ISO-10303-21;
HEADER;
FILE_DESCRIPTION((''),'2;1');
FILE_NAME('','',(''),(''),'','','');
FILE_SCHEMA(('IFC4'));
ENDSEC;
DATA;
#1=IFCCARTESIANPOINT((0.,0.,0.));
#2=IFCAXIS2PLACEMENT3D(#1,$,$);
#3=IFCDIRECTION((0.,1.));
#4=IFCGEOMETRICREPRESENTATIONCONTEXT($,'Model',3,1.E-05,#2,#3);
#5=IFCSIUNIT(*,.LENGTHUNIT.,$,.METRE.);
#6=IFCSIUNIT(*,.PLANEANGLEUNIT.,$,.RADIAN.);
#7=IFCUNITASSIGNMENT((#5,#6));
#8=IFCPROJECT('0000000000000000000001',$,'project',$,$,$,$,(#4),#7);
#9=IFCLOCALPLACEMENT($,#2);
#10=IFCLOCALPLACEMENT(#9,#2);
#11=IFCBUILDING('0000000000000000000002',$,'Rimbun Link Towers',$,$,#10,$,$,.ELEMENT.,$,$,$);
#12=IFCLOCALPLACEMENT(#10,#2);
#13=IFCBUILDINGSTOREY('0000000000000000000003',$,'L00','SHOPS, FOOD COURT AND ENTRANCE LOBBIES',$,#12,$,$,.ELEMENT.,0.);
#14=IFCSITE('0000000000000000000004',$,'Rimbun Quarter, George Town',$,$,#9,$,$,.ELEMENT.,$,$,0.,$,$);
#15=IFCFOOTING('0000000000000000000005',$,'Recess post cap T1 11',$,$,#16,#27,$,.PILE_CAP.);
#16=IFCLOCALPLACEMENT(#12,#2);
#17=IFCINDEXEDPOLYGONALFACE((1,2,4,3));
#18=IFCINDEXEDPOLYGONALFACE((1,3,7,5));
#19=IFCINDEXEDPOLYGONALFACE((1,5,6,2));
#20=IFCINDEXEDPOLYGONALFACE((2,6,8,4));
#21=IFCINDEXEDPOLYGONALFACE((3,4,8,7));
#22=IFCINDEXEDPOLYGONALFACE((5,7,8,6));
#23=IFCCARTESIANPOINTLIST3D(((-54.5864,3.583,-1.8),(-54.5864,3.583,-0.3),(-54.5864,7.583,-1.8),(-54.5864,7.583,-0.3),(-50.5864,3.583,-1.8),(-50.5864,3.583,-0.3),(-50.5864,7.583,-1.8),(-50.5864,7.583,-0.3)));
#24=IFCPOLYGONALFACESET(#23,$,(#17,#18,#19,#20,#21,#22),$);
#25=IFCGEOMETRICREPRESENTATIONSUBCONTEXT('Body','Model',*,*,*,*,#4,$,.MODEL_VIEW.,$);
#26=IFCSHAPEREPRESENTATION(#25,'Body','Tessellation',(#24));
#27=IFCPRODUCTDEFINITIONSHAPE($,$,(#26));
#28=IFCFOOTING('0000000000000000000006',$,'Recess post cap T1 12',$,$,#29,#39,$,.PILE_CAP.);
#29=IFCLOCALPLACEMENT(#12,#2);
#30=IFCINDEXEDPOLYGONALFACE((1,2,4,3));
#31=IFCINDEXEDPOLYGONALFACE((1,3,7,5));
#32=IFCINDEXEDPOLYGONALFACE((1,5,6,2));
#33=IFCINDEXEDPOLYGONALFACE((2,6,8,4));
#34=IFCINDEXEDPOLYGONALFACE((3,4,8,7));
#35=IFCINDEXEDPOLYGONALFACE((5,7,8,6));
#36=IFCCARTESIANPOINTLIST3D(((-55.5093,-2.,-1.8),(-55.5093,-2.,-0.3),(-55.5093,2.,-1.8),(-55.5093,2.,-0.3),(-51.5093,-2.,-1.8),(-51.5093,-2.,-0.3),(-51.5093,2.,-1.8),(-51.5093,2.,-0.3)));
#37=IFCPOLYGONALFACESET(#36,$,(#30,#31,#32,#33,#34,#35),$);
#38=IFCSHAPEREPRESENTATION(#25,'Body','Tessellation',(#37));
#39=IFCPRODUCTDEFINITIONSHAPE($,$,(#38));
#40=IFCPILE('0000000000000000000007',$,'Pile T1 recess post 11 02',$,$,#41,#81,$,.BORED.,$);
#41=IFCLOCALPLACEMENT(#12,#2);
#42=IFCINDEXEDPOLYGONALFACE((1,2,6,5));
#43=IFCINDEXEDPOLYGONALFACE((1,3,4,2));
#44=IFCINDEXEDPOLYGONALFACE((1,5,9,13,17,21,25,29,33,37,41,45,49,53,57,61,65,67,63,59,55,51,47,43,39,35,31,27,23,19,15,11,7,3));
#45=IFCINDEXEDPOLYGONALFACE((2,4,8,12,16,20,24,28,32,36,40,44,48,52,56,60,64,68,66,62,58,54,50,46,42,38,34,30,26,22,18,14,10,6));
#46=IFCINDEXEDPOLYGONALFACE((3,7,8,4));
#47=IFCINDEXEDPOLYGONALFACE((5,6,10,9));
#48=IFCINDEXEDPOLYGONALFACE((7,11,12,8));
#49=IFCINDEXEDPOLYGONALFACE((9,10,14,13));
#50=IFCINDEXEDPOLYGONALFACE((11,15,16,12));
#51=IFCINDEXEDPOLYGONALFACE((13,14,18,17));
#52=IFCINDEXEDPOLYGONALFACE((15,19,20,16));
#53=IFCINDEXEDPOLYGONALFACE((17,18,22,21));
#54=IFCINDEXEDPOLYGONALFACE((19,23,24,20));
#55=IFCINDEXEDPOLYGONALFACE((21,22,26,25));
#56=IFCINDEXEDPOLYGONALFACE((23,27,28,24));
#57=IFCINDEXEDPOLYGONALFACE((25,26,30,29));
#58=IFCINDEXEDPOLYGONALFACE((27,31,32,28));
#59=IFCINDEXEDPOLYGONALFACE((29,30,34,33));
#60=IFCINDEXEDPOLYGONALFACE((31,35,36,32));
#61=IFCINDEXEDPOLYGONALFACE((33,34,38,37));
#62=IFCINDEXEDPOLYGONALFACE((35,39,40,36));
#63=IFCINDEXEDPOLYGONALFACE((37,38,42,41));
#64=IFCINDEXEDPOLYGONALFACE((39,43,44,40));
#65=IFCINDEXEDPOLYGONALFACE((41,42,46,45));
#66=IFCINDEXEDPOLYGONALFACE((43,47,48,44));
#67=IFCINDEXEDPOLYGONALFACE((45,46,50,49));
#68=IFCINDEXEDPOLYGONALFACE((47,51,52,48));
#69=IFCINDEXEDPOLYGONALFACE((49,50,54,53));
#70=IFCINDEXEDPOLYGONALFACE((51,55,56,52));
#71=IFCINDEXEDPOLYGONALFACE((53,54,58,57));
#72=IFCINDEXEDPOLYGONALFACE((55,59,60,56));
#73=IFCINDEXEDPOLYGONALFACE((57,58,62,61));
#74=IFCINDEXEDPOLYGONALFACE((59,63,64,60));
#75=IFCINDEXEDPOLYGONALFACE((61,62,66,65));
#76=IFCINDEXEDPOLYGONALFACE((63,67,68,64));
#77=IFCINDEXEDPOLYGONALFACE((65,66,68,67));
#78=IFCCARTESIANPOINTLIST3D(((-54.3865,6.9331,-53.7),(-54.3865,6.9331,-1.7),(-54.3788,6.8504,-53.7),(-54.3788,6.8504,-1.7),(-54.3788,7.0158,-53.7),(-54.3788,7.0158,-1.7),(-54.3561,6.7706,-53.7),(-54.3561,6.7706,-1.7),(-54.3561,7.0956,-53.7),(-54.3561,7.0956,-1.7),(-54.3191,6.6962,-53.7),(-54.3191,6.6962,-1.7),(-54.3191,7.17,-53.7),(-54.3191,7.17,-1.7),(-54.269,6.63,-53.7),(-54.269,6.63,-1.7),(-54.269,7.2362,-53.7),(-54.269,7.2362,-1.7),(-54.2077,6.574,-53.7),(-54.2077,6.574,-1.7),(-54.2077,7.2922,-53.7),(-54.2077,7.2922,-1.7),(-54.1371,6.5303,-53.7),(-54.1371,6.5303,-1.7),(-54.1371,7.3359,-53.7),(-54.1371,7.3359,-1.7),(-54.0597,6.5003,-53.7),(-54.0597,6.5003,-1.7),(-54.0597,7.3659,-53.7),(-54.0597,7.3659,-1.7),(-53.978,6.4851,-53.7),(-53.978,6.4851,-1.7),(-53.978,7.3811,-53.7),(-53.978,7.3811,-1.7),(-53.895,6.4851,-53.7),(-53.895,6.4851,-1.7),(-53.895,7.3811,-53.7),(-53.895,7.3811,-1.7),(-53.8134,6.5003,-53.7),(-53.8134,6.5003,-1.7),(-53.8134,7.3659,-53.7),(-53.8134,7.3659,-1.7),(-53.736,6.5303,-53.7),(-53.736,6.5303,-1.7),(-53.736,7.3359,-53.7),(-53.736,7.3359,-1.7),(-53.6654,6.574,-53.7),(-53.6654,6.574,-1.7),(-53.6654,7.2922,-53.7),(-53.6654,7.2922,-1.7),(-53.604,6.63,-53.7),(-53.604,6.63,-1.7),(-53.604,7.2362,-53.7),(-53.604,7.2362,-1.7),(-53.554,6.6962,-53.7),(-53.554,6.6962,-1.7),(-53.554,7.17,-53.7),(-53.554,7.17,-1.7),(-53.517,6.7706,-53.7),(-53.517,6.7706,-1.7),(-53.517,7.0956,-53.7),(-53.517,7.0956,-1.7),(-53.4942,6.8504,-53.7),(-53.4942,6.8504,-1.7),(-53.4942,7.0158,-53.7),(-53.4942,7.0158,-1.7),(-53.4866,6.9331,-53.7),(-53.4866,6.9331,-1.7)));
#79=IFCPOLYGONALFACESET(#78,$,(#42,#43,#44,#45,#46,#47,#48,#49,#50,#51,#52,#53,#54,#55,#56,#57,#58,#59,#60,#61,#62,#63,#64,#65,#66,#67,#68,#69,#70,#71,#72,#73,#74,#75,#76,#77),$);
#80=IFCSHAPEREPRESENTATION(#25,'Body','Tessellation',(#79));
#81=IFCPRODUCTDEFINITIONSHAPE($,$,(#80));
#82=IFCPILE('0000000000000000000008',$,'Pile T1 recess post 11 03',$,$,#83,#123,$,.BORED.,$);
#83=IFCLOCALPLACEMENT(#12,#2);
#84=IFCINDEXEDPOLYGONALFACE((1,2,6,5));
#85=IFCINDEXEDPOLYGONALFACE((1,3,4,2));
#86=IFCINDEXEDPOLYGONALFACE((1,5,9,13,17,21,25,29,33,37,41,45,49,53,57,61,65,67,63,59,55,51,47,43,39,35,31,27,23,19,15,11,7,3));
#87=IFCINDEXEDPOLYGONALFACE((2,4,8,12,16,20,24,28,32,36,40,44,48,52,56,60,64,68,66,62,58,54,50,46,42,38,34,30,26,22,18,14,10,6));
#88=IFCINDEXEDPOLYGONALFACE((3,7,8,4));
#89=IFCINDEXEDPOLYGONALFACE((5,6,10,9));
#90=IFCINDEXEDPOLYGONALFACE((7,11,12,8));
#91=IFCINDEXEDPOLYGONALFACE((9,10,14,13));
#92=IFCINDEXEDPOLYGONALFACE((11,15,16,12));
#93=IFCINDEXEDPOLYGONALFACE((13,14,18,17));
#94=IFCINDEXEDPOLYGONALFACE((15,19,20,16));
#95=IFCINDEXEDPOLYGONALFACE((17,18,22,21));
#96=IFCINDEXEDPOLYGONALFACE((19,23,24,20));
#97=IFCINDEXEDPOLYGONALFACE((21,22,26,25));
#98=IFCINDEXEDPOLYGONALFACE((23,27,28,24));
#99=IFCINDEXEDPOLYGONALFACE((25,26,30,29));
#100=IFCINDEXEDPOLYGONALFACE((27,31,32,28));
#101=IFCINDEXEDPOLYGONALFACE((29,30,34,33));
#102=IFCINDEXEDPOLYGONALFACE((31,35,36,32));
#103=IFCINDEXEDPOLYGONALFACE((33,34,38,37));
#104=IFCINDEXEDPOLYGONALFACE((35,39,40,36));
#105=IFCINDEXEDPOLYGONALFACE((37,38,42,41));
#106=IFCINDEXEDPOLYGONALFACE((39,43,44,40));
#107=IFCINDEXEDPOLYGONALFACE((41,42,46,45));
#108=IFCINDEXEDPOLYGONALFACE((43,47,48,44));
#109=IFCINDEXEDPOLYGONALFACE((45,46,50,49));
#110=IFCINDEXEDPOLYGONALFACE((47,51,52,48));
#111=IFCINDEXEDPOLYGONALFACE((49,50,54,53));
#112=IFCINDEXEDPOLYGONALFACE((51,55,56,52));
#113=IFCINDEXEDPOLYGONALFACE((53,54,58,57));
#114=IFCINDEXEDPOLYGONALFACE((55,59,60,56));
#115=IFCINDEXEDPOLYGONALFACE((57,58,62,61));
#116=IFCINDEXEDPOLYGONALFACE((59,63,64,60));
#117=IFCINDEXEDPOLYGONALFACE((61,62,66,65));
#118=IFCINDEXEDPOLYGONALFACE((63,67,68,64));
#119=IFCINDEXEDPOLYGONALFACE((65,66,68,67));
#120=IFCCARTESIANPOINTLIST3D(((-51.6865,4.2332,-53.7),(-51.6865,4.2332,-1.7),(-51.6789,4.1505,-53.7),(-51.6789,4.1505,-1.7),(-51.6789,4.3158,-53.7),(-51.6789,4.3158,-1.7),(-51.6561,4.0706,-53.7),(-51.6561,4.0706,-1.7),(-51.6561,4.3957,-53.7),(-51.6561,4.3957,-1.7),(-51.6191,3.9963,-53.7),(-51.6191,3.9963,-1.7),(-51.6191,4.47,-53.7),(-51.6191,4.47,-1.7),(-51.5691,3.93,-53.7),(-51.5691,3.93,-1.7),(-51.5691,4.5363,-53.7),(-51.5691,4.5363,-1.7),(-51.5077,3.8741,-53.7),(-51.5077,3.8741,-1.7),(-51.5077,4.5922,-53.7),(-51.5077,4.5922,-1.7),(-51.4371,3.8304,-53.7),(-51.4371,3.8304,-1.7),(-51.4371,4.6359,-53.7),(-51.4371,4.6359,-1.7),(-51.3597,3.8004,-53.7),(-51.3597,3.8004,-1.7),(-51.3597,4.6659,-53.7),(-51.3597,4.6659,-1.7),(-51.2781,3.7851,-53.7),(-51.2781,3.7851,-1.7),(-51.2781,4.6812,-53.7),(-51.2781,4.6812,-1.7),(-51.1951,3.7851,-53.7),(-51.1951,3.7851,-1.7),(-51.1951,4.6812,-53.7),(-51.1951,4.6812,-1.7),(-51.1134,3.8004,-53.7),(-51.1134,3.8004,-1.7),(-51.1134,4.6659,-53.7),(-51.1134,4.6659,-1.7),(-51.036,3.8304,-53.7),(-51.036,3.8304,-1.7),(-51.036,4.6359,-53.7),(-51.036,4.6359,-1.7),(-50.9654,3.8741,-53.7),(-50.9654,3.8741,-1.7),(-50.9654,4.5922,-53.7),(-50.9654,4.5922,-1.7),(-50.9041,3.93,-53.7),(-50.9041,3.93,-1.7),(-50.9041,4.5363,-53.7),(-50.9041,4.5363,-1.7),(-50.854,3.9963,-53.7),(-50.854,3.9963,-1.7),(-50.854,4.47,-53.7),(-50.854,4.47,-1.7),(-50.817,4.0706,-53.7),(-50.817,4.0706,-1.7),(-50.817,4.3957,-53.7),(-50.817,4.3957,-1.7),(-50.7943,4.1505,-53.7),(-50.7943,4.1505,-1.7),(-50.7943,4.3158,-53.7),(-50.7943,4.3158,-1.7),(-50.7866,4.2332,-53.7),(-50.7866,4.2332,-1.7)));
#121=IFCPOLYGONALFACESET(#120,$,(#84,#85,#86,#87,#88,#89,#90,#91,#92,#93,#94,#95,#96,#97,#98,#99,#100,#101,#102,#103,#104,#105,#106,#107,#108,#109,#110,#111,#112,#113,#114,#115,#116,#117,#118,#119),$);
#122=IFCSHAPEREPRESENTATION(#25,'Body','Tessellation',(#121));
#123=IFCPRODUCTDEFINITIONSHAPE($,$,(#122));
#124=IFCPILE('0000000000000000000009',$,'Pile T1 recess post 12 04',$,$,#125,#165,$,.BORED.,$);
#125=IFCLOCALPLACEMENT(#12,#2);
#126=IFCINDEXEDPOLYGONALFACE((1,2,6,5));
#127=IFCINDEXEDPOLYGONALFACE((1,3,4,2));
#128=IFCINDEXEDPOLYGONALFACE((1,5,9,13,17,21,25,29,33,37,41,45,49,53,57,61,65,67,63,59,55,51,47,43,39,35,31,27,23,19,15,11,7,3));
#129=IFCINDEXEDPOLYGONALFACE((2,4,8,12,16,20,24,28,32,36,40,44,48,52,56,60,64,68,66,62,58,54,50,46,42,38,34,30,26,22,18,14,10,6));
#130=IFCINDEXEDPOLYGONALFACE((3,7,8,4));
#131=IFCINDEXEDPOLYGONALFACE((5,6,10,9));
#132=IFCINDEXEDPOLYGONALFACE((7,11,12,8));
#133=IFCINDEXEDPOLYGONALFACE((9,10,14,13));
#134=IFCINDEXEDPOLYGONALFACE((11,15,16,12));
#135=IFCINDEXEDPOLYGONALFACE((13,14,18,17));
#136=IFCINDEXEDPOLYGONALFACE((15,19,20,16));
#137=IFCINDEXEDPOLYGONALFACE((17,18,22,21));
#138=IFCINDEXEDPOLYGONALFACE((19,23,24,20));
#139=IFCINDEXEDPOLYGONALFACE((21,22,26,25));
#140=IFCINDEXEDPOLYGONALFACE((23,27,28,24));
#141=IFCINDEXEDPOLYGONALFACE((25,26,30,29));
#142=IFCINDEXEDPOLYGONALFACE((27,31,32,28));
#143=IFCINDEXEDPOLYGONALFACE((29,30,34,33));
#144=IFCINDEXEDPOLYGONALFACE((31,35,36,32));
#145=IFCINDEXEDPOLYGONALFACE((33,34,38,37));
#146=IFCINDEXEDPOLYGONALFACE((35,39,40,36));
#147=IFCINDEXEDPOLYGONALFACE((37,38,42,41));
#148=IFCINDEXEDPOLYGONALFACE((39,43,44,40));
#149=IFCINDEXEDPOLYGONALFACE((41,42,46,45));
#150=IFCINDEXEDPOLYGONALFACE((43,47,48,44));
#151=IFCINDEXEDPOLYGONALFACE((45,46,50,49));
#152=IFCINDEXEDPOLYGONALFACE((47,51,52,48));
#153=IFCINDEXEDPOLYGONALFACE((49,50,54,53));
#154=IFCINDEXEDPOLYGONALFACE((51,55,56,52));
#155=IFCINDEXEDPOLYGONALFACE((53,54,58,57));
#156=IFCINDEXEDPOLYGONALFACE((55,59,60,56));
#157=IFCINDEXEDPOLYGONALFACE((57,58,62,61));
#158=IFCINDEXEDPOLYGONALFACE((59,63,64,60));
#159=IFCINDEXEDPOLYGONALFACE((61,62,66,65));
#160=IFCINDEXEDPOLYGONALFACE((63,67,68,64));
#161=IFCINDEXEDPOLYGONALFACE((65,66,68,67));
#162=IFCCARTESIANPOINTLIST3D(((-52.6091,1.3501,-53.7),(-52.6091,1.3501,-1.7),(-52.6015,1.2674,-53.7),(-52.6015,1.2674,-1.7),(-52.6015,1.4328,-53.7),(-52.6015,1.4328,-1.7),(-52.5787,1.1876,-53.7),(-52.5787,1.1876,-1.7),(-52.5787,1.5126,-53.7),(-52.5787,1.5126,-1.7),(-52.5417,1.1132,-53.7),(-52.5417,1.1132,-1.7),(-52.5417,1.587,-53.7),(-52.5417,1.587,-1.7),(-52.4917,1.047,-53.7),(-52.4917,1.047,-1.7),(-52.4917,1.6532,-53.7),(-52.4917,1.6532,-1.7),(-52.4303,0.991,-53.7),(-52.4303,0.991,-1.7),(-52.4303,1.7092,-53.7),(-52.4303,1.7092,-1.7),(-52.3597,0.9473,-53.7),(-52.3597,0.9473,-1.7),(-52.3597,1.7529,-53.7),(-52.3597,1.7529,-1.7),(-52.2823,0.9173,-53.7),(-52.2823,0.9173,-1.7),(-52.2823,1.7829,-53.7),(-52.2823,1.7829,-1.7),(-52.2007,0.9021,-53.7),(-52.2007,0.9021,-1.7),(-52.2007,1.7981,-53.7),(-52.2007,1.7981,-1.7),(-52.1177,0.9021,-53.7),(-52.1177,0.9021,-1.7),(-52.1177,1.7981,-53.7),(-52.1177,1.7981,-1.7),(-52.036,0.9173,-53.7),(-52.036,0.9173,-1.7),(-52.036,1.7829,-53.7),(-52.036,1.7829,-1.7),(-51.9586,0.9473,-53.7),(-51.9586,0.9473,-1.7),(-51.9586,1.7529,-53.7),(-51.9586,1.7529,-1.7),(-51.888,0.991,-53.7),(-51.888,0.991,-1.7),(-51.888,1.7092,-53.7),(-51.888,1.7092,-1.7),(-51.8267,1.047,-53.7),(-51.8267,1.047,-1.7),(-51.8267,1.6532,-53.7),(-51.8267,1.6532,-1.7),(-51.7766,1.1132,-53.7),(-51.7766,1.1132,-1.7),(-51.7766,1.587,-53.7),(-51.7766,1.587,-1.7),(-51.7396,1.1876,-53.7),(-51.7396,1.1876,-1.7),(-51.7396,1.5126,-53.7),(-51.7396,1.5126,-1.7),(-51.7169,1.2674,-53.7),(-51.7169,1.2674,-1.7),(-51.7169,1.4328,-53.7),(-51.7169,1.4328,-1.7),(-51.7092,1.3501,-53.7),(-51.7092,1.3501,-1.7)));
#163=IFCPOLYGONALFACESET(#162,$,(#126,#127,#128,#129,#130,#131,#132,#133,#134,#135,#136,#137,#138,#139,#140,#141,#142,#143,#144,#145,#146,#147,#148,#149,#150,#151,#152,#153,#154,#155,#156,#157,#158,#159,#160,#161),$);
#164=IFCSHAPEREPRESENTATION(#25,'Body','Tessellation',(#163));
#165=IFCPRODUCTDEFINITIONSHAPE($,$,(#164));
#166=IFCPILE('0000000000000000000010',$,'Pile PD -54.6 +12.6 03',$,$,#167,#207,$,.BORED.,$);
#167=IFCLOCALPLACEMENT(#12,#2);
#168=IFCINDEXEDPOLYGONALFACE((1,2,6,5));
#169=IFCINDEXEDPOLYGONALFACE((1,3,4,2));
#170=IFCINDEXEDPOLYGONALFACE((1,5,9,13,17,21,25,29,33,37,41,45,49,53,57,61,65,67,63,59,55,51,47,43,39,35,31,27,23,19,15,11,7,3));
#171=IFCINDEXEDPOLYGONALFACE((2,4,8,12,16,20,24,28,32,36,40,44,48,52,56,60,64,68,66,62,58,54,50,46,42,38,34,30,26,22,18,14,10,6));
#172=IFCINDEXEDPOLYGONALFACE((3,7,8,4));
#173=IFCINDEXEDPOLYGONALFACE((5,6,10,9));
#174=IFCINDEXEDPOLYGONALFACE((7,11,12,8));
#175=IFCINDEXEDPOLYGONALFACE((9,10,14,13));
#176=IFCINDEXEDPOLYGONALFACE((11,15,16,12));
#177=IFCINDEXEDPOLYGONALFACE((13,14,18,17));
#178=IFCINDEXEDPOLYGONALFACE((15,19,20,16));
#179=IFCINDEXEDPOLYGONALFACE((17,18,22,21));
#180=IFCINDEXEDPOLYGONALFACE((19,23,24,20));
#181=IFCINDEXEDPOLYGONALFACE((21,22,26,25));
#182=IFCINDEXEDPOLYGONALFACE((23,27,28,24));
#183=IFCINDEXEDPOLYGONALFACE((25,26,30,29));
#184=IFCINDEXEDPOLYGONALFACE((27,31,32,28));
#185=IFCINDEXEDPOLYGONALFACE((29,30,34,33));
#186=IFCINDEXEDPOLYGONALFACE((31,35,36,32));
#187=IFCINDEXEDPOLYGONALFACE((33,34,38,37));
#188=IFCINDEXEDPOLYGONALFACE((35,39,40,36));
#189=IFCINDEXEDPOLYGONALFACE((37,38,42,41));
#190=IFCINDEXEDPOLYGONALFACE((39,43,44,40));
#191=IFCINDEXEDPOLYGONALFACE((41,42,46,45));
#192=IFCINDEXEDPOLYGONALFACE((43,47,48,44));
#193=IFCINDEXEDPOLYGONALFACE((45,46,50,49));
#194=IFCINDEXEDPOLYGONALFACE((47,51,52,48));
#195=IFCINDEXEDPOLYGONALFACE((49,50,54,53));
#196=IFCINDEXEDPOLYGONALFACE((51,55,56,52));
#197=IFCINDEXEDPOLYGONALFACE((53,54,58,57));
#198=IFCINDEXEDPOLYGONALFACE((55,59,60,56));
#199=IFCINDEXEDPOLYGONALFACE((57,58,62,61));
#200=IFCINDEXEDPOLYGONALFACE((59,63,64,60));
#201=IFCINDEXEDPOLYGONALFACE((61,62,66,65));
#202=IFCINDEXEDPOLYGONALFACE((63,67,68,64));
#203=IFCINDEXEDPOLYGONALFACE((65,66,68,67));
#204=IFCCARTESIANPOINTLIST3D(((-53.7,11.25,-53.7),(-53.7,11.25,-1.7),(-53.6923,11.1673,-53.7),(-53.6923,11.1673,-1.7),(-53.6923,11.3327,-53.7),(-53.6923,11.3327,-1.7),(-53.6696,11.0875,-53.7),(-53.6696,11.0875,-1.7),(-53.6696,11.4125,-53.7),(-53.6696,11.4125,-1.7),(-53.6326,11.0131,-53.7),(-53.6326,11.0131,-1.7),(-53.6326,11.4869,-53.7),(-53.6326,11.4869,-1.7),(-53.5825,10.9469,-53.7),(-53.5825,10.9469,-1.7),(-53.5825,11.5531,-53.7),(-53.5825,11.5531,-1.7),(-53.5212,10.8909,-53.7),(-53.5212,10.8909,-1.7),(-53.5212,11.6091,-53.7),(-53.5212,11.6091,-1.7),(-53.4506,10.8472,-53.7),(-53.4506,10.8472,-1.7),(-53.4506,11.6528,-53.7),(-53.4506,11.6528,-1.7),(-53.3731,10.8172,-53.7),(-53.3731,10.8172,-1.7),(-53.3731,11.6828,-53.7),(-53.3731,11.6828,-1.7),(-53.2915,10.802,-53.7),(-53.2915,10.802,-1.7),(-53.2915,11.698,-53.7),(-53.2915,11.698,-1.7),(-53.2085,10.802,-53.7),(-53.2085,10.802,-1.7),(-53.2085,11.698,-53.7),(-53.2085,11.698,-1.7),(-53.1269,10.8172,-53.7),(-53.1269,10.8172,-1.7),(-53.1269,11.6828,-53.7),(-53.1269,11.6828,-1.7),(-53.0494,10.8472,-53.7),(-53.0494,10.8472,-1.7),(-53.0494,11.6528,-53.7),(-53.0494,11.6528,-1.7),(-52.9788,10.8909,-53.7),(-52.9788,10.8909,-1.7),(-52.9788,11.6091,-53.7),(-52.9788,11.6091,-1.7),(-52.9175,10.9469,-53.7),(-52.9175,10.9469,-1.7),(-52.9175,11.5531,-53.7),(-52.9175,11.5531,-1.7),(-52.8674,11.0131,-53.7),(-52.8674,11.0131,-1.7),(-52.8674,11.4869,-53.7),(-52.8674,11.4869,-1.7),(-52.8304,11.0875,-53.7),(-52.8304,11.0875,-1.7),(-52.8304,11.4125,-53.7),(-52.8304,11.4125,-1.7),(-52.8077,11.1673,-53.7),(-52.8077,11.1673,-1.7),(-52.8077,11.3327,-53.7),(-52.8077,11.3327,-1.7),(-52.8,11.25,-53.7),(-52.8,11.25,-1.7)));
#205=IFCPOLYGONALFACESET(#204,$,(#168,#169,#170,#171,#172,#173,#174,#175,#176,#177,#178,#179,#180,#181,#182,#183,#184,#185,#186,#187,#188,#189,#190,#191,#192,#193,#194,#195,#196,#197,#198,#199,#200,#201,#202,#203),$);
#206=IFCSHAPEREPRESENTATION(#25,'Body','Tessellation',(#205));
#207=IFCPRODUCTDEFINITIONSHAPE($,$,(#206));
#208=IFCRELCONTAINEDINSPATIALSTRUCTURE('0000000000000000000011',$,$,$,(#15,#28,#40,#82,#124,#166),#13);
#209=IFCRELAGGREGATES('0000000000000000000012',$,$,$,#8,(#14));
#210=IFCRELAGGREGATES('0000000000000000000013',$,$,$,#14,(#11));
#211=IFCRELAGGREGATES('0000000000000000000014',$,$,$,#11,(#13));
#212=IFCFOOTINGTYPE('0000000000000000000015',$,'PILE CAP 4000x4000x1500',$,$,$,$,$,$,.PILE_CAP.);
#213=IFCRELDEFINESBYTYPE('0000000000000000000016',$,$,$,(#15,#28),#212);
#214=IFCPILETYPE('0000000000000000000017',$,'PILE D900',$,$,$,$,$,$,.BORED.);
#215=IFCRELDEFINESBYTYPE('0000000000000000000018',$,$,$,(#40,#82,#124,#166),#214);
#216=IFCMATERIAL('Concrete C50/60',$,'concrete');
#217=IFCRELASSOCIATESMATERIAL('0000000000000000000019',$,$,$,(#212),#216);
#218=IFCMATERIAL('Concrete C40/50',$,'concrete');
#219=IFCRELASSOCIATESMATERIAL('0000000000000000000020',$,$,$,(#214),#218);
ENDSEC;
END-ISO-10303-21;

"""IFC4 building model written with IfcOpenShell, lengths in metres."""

from ifc_helpers import new_model, si_unit, direction, frame, origin, origin_2d, place, context, subcontext, project, spatial, rectangle, circle, extrude, material, material_profile, profile_set, type_object, element, save


model = new_model("IFC4")

# Units and contexts
model_context = context("Model", 3, precision=1e-05, world=origin(), true_north=direction((0.0, 1.0)))
body_context = subcontext(model_context, "Body", "Model", "MODEL_VIEW")
ifc_project = project(units=[si_unit("LENGTHUNIT", "METRE"), si_unit("PLANEANGLEUNIT", "RADIAN")], contexts=[model_context])

# Site, building, storey
site_placement = place(None, origin())
site = spatial("IfcSite", under=ifc_project, at=site_placement, Name="Rimbun Quarter, George Town", CompositionType="ELEMENT", RefElevation=0.0)
building_placement = place(site_placement, origin())
building = spatial("IfcBuilding", under=site, at=building_placement, Name="Rimbun Link Towers", CompositionType="ELEMENT")
storey_placement = place(building_placement, origin())
storey = spatial("IfcBuildingStorey", under=building, at=storey_placement, Name="L00", Description="SHOPS, FOOD COURT AND ENTRANCE LOBBIES", CompositionType="ELEMENT", Elevation=0.0)

# Footings
ifc_material_1 = material(Name="Concrete C50/60", Category="concrete")
footing_type = type_object("IfcFootingType", Name="PILE CAP 4000x4000x1500", PredefinedType="PILE_CAP", material=ifc_material_1)
for number, where, z_axis, x_axis, name in (
    (1, (-52.5864, 5.583, -1.8), (0.0, 0.0, 1.0), (1.0, 0.0, 0.0), "Recess post cap T1 11"),
    (2, (-53.5093, 0.0, -1.8), (0.0, 0.0, 1.0), (1.0, 0.0, 0.0), "Recess post cap T1 12"),
):
    element("IfcFooting", number, at=place(storey_placement, frame(where, z_axis=z_axis, x_axis=x_axis)), inside=storey, type_object=footing_type, Name=name, PredefinedType="PILE_CAP", context=body_context, shape_type="SweptSolid", body=[
        extrude(rectangle(XDim=4.0, YDim=4.0, at=origin_2d()), origin(), (0.0, 0.0, 1.0), 1.5),
    ])

# Piles
ifc_material_2 = material(Name="Concrete C40/50", Category="concrete")
ifc_material_profile_1 = material_profile(ifc_material_2, circle(Radius=0.45, at=origin_2d()), Name="PILE D900")
ifc_profile_set_1 = profile_set([ifc_material_profile_1], Name="Concrete C40/50")
pile_type = type_object("IfcPileType", Name="PILE D900", PredefinedType="BORED", material=ifc_profile_set_1)
for number, where, z_axis, x_axis, name in (
    (3, (-53.9365, 6.9331, -1.7), (0.0, 0.0, -1.0), (1.0, 0.0, 0.0), "Pile T1 recess post 11 02"),
    (4, (-51.2366, 4.2332, -1.7), (0.0, 0.0, -1.0), (1.0, 0.0, 0.0), "Pile T1 recess post 11 03"),
    (5, (-52.1592, 1.3501, -1.7), (0.0, 0.0, -1.0), (1.0, 0.0, 0.0), "Pile T1 recess post 12 04"),
    (6, (-53.25, 11.25, -1.7), (0.0, 0.0, -1.0), (1.0, 0.0, 0.0), "Pile PD -54.6 +12.6 03"),
):
    element("IfcPile", number, at=place(storey_placement, frame(where, z_axis=z_axis, x_axis=x_axis)), inside=storey, type_object=pile_type, Name=name, PredefinedType="BORED", context=body_context, shape_type="SweptSolid", body=[
        extrude(circle(Radius=0.45, at=origin_2d()), origin(), (0.0, 0.0, 1.0), 52.0),
    ])

save(model, "model.ifc")
